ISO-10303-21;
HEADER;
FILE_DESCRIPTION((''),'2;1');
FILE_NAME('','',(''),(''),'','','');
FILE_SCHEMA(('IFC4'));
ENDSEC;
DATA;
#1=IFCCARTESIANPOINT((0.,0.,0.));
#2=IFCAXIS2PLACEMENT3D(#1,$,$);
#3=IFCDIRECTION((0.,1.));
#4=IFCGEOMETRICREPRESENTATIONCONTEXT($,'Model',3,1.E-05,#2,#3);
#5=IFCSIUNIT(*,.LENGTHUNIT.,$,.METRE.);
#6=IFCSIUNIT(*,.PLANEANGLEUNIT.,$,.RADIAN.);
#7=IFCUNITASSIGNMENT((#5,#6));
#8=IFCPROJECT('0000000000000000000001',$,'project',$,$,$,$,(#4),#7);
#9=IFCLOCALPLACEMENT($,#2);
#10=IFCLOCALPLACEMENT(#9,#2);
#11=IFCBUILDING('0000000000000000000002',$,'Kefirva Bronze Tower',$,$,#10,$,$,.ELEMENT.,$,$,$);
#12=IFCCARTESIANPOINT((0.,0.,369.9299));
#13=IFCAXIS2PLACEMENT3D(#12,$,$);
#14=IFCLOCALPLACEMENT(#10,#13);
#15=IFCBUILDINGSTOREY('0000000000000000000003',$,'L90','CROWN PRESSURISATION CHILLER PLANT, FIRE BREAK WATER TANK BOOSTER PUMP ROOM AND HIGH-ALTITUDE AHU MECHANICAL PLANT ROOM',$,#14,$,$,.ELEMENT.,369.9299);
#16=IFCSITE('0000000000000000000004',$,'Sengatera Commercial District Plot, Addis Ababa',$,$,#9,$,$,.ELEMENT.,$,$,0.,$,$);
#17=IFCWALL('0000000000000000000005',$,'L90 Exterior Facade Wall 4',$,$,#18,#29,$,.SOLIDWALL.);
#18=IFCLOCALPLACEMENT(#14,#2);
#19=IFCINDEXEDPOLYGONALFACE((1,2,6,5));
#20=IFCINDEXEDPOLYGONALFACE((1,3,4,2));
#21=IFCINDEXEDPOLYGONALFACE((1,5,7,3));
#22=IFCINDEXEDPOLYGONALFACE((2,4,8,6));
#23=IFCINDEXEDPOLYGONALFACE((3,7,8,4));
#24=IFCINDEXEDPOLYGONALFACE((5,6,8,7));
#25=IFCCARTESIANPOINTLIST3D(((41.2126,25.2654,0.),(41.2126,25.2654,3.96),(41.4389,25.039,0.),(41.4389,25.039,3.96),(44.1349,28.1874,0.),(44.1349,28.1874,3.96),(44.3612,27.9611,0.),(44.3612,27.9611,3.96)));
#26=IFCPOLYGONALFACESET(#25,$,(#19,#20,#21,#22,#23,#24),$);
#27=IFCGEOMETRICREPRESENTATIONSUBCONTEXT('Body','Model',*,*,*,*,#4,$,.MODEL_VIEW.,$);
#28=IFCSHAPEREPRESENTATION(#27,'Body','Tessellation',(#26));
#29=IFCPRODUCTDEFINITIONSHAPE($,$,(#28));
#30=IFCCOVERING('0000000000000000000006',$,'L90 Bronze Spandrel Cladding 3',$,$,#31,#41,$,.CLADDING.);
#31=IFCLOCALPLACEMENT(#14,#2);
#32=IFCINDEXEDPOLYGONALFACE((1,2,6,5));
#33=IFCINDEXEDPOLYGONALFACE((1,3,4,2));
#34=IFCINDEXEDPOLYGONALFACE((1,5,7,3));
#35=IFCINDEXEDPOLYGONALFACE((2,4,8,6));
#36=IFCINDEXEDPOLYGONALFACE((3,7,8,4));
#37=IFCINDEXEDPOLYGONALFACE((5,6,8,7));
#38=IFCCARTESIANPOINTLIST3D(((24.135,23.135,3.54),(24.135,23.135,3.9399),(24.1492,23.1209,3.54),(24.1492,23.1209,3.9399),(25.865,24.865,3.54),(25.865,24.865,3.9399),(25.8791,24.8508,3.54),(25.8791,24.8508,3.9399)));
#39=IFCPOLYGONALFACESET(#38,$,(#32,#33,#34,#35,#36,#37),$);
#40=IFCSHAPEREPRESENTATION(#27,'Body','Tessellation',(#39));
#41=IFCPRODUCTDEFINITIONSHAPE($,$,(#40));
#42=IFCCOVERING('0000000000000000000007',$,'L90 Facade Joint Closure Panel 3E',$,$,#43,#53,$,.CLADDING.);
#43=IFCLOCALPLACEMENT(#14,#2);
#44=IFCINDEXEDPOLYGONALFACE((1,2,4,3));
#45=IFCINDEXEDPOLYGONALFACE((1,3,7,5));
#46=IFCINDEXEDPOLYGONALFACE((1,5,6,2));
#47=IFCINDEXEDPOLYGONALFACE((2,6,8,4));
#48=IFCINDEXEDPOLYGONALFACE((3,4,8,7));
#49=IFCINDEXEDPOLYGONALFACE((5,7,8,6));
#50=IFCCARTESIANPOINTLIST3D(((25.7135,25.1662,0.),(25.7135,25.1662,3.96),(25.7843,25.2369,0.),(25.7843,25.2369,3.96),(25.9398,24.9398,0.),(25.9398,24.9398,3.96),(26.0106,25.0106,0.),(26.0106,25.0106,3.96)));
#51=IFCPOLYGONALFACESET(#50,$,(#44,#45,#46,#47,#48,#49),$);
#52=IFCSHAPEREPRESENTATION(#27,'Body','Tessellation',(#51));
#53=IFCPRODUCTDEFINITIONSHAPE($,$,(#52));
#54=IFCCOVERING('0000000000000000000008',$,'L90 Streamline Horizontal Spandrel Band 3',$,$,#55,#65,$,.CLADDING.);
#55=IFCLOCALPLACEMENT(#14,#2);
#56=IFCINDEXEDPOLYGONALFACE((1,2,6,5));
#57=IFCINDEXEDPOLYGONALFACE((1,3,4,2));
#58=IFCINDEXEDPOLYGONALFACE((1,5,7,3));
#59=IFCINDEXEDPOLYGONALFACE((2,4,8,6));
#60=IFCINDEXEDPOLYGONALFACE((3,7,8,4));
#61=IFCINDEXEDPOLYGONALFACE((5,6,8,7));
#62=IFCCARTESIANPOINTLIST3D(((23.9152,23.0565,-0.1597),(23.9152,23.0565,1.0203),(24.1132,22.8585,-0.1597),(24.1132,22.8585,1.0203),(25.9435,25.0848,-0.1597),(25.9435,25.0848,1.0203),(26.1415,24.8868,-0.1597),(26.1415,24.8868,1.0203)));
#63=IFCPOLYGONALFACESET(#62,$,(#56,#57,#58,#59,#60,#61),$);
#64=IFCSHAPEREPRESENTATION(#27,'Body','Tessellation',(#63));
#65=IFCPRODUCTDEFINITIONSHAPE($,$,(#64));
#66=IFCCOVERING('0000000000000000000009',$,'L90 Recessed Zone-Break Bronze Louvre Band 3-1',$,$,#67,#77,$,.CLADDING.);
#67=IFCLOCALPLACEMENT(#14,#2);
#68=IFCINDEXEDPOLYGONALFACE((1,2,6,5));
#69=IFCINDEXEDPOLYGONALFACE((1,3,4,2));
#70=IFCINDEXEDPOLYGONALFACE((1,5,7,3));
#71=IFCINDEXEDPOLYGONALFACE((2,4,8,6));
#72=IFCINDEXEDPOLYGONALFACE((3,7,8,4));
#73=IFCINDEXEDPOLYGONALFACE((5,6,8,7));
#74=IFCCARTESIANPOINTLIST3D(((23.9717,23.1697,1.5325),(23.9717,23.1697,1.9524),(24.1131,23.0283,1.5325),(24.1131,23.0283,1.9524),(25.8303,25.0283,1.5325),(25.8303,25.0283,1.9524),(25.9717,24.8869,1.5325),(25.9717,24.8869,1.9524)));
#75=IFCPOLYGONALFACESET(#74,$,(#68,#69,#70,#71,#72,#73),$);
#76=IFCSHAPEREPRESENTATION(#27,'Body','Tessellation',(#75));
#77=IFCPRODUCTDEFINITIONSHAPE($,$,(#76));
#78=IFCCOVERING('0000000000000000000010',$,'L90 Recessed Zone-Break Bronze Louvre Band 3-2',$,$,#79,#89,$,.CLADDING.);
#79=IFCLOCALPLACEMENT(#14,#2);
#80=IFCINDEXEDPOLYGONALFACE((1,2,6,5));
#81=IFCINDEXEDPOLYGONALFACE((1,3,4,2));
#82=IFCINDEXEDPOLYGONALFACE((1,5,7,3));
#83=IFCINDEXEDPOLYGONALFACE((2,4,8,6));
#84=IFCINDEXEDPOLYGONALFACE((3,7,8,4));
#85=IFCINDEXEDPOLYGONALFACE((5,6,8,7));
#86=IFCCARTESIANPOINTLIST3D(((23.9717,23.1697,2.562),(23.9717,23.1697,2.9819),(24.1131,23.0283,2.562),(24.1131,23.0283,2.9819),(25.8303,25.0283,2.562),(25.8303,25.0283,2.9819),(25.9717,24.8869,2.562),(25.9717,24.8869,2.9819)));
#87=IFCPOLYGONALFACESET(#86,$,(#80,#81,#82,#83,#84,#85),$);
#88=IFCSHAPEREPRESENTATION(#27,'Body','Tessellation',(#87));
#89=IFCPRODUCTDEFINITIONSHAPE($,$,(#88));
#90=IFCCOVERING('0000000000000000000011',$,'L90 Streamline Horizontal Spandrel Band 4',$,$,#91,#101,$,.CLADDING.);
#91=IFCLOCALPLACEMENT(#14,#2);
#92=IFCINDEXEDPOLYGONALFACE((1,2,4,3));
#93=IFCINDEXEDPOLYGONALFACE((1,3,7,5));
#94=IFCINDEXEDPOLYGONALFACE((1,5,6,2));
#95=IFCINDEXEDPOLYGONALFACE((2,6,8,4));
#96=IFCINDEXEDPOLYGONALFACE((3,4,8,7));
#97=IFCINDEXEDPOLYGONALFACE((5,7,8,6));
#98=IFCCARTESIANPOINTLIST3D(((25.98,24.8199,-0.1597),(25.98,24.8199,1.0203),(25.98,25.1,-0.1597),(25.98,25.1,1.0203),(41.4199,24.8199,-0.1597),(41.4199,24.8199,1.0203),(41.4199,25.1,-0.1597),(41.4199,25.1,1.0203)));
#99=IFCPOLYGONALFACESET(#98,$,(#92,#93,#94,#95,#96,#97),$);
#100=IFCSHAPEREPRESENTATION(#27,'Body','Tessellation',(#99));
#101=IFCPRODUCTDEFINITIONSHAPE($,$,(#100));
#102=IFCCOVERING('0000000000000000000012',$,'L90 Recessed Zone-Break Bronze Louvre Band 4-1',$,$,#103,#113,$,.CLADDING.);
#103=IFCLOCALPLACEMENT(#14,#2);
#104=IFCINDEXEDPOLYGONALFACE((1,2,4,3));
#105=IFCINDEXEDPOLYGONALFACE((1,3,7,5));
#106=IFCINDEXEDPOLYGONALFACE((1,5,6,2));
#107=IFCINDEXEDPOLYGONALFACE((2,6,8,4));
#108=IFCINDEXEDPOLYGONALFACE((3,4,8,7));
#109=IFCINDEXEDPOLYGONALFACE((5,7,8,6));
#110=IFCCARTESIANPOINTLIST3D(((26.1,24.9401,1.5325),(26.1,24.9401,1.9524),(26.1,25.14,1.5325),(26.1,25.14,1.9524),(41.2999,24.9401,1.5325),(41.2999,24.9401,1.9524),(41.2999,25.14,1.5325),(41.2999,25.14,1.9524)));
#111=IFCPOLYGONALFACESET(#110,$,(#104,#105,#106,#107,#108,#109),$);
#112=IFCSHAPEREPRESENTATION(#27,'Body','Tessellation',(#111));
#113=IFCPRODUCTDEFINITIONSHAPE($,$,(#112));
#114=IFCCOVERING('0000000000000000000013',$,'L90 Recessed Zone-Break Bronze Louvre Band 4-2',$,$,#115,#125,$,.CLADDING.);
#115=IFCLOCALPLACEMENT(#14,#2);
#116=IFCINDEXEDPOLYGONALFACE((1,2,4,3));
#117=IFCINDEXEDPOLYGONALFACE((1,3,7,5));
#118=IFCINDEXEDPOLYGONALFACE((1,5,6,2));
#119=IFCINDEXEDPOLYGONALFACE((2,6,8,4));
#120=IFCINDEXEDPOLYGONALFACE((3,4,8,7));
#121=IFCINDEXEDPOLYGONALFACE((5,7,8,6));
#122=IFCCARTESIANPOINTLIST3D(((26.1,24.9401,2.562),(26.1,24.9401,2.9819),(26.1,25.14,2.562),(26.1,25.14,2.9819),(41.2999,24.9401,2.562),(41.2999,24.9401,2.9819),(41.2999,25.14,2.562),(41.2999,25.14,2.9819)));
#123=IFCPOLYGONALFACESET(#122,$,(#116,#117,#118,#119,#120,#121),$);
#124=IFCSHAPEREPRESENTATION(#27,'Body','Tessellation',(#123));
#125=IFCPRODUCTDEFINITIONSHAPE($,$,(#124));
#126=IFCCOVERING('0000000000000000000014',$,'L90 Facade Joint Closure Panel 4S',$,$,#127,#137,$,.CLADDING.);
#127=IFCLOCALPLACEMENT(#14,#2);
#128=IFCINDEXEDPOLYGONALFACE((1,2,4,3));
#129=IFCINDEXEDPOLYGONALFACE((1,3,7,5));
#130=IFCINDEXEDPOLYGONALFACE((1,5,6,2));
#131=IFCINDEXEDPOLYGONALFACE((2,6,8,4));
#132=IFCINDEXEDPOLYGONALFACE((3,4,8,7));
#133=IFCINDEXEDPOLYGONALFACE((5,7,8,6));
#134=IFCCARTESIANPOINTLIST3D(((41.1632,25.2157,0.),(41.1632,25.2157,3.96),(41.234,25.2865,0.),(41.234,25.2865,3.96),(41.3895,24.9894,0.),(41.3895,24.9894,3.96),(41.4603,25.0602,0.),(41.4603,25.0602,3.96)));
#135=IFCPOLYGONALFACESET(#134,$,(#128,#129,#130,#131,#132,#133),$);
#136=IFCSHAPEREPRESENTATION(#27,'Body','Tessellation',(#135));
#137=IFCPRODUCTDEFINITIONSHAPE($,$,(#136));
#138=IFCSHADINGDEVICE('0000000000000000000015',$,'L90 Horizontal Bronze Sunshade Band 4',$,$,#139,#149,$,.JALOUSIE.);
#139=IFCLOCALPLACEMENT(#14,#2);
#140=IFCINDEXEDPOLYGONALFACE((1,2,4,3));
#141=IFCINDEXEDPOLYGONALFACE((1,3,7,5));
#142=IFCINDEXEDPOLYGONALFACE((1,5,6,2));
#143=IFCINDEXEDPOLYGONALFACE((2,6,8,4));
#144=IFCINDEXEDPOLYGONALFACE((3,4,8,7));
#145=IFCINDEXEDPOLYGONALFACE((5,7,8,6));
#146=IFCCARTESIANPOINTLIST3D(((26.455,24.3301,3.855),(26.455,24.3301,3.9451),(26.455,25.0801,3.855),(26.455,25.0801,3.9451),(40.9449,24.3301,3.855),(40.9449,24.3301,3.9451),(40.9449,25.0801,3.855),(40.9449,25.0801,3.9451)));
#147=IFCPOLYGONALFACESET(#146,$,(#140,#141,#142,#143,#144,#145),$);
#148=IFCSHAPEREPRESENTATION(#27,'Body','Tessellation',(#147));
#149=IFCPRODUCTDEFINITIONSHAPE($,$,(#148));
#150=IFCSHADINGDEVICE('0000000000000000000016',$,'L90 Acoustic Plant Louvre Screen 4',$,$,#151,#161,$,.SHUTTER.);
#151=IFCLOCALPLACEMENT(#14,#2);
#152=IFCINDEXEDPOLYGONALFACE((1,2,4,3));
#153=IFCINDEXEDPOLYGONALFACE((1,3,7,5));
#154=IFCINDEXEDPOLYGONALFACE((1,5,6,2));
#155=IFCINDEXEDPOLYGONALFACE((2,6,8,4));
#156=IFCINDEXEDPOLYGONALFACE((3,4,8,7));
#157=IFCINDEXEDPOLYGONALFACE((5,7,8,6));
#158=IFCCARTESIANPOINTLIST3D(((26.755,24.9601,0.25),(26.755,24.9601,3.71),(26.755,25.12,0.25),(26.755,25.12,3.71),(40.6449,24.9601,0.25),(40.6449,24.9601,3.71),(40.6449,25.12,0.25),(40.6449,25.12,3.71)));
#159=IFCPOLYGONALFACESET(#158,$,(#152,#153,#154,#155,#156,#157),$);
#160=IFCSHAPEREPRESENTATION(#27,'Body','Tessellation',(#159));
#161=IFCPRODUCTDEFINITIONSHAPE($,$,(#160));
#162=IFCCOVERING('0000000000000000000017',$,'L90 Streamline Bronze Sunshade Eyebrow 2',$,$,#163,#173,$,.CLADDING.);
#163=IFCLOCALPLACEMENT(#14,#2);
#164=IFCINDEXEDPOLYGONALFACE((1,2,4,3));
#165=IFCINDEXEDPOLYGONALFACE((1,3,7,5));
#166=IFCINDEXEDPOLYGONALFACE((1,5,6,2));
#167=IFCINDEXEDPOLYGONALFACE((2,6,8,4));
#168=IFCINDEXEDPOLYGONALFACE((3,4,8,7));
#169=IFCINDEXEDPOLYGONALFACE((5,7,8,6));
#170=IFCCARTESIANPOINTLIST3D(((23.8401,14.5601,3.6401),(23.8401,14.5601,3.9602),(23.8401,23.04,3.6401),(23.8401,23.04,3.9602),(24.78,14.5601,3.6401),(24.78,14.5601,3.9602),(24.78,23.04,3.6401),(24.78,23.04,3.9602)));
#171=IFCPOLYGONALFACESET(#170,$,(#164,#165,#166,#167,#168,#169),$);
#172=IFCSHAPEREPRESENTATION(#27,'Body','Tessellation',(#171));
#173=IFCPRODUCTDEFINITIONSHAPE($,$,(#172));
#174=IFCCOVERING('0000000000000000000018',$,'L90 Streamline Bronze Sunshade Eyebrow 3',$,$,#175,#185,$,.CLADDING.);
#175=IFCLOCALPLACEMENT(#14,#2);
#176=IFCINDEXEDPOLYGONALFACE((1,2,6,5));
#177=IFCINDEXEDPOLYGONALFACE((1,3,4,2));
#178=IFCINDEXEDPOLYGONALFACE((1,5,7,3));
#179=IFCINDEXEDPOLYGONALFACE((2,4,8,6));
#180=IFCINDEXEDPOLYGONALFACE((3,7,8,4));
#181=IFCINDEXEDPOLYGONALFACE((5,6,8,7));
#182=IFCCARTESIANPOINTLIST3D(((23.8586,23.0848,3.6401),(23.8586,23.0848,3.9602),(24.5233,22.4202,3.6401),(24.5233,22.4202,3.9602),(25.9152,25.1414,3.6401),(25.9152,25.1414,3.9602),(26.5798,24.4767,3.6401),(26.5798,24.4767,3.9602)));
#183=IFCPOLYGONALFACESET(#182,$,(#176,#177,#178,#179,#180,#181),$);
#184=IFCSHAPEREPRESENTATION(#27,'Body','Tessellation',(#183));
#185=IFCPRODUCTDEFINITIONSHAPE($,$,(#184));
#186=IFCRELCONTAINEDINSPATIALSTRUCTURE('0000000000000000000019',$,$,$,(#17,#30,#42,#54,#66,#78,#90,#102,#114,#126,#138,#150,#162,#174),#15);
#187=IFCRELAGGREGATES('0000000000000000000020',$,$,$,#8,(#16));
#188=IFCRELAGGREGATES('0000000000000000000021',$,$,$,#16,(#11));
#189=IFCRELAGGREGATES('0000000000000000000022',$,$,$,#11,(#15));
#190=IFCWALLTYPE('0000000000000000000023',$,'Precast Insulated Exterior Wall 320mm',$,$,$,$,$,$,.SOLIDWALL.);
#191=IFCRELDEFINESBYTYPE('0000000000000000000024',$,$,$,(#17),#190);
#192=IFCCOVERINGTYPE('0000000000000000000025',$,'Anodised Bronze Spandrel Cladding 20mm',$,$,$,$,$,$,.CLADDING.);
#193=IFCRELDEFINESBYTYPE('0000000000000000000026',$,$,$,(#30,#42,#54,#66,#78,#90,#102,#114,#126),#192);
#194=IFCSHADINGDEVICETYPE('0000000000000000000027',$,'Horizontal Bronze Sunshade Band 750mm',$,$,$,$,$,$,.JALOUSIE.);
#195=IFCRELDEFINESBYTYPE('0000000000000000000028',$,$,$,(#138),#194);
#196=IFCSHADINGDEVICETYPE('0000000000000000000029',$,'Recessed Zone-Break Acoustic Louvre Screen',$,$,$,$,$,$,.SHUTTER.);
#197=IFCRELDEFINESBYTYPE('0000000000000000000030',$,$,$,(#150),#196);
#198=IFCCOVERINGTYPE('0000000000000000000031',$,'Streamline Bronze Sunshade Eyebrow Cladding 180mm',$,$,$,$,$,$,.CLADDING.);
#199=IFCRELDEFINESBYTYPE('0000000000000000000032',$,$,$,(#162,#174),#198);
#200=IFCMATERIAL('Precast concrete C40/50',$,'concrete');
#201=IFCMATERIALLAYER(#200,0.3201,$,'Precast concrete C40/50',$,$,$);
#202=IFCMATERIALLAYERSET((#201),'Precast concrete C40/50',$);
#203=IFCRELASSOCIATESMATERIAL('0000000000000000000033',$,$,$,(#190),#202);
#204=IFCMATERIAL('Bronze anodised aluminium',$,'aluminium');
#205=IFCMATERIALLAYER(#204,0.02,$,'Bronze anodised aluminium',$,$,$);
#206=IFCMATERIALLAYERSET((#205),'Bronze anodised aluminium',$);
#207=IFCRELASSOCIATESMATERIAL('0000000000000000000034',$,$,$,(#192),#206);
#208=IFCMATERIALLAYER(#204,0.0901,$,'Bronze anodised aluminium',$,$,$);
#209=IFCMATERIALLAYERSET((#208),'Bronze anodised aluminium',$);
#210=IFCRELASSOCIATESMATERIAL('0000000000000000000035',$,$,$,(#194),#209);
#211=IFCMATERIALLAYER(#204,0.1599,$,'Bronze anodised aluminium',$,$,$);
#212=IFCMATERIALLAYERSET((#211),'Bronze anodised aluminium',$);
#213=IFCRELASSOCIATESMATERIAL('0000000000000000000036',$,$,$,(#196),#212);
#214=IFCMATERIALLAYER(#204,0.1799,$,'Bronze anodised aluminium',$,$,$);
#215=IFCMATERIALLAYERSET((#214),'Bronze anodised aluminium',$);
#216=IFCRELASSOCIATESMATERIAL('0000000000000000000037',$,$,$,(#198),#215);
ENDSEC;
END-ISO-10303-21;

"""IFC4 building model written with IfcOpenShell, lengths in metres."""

from ifc_helpers import new_model, si_unit, direction, frame, frame_2d, origin, origin_2d, place, context, subcontext, project, spatial, rectangle, extrude, material, layer, layer_set, type_object, element, save


model = new_model("IFC4")

# Units and contexts
model_context = context("Model", 3, precision=1e-05, world=origin(), true_north=direction((0.0, 1.0)))
body_context = subcontext(model_context, "Body", "Model", "MODEL_VIEW")
ifc_project = project(units=[si_unit("LENGTHUNIT", "METRE"), si_unit("PLANEANGLEUNIT", "RADIAN")], contexts=[model_context])

# Site, building, storey
site_placement = place(None, origin())
site = spatial("IfcSite", under=ifc_project, at=site_placement, Name="Sengatera Commercial District Plot, Addis Ababa", CompositionType="ELEMENT", RefElevation=0.0)
building_placement = place(site_placement, origin())
building = spatial("IfcBuilding", under=site, at=building_placement, Name="Kefirva Bronze Tower", CompositionType="ELEMENT")
storey_placement = place(building_placement, frame((0.0, 0.0, 369.9299)))
storey = spatial("IfcBuildingStorey", under=building, at=storey_placement, Name="L90", Description="CROWN PRESSURISATION CHILLER PLANT, FIRE BREAK WATER TANK BOOSTER PUMP ROOM AND HIGH-ALTITUDE AHU MECHANICAL PLANT ROOM", CompositionType="ELEMENT", Elevation=369.9299)

# Shared definitions
ifc_material_1 = material(Name="Bronze anodised aluminium", Category="aluminium")

# Wall
ifc_material_2 = material(Name="Precast concrete C40/50", Category="concrete")
ifc_layer_1 = layer(ifc_material_2, 0.3201, Name="Precast concrete C40/50")
ifc_layer_set_1 = layer_set([ifc_layer_1], Name="Precast concrete C40/50")
wall_type = type_object("IfcWallType", Name="Precast Insulated Exterior Wall 320mm", PredefinedType="SOLIDWALL", material=ifc_layer_set_1)
wall_placement = place(storey_placement, frame((41.3257, 25.1521, 0.0), z_axis=(0.0, 0.0, 1.0), x_axis=(0.707136, 0.707077, 0.0)))
element("IfcWall", 1, at=wall_placement, inside=storey, type_object=wall_type, Name="L90 Exterior Facade Wall 4", PredefinedType="SOLIDWALL", context=body_context, shape_type="SweptSolid", body=[
    extrude(rectangle(XDim=4.1326, YDim=0.3201, at=frame_2d((2.0664, 0.0))), origin(), (0.0, 0.0, 1.0), 3.96),
])

# Coverings
ifc_layer_2 = layer(ifc_material_1, 0.02, Name="Bronze anodised aluminium")
ifc_layer_set_2 = layer_set([ifc_layer_2], Name="Bronze anodised aluminium")
covering_type_1 = type_object("IfcCoveringType", Name="Anodised Bronze Spandrel Cladding 20mm", PredefinedType="CLADDING", material=ifc_layer_set_2)
covering_1_placement = place(storey_placement, frame((25.0071, 23.9929, 3.54), z_axis=(0.0, 0.0, 1.0), x_axis=(0.707107, 0.707107, 0.0)))
element("IfcCovering", 2, at=covering_1_placement, inside=storey, type_object=covering_type_1, Name="L90 Bronze Spandrel Cladding 3", PredefinedType="CLADDING", context=body_context, shape_type="SweptSolid", body=[
    extrude(rectangle(XDim=2.4465, YDim=0.02, at=origin_2d()), origin(), (0.0, 0.0, 1.0), 0.3999),
])
covering_2_placement = place(storey_placement, frame((25.8621, 25.0884, 0.0), z_axis=(0.0, 0.0, 1.0), x_axis=(0.707107, 0.707107, 0.0)))
element("IfcCovering", 3, at=covering_2_placement, inside=storey, type_object=covering_type_1, Name="L90 Facade Joint Closure Panel 3E", PredefinedType="CLADDING", context=body_context, shape_type="SweptSolid", body=[
    extrude(rectangle(XDim=0.1001, YDim=0.3201, at=origin_2d()), origin(), (0.0, 0.0, 1.0), 3.96),
])
covering_3_placement = place(storey_placement, frame((25.0283, 23.9717, -0.1597), z_axis=(0.0, 0.0, 1.0), x_axis=(0.707107, 0.707107, 0.0)))
element("IfcCovering", 4, at=covering_3_placement, inside=storey, type_object=covering_type_1, Name="L90 Streamline Horizontal Spandrel Band 3", PredefinedType="CLADDING", context=body_context, shape_type="SweptSolid", body=[
    extrude(rectangle(XDim=2.8684, YDim=0.28, at=origin_2d()), origin(), (0.0, 0.0, 1.0), 1.1799),
])
for number, where, z_axis, x_axis, name in (
    (5, (24.9717, 24.0283, 1.5325), (0.0, 0.0, 1.0), (0.707107, 0.707107, 0.0), "L90 Recessed Zone-Break Bronze Louvre Band 3-1"),
    (6, (24.9717, 24.0283, 2.562), (0.0, 0.0, 1.0), (0.707107, 0.707107, 0.0), "L90 Recessed Zone-Break Bronze Louvre Band 3-2"),
):
    element("IfcCovering", number, at=place(storey_placement, frame(where, z_axis=z_axis, x_axis=x_axis)), inside=storey, type_object=covering_type_1, Name=name, PredefinedType="CLADDING", context=body_context, shape_type="SweptSolid", body=[
        extrude(rectangle(XDim=2.6284, YDim=0.2, at=origin_2d()), origin(), (0.0, 0.0, 1.0), 0.4199),
    ])
covering_4_placement = place(storey_placement, frame((33.7, 24.96, -0.1597), z_axis=(0.0, 0.0, 1.0), x_axis=(1.0, 0.0, 0.0)))
element("IfcCovering", 7, at=covering_4_placement, inside=storey, type_object=covering_type_1, Name="L90 Streamline Horizontal Spandrel Band 4", PredefinedType="CLADDING", context=body_context, shape_type="SweptSolid", body=[
    extrude(rectangle(XDim=15.4399, YDim=0.28, at=origin_2d()), origin(), (0.0, 0.0, 1.0), 1.1799),
])
for number, where, z_axis, x_axis, name in (
    (8, (33.7, 25.04, 1.5325), (0.0, 0.0, 1.0), (1.0, 0.0, 0.0), "L90 Recessed Zone-Break Bronze Louvre Band 4-1"),
    (9, (33.7, 25.04, 2.562), (0.0, 0.0, 1.0), (1.0, 0.0, 0.0), "L90 Recessed Zone-Break Bronze Louvre Band 4-2"),
):
    element("IfcCovering", number, at=place(storey_placement, frame(where, z_axis=z_axis, x_axis=x_axis)), inside=storey, type_object=covering_type_1, Name=name, PredefinedType="CLADDING", context=body_context, shape_type="SweptSolid", body=[
        extrude(rectangle(XDim=15.2, YDim=0.2, at=origin_2d()), origin(), (0.0, 0.0, 1.0), 0.4199),
    ])
covering_5_placement = place(storey_placement, frame((41.3118, 25.1379, 0.0), z_axis=(0.0, 0.0, 1.0), x_axis=(0.707107, 0.707107, 0.0)))
element("IfcCovering", 10, at=covering_5_placement, inside=storey, type_object=covering_type_1, Name="L90 Facade Joint Closure Panel 4S", PredefinedType="CLADDING", context=body_context, shape_type="SweptSolid", body=[
    extrude(rectangle(XDim=0.1001, YDim=0.3201, at=origin_2d()), origin(), (0.0, 0.0, 1.0), 3.96),
])

# Shading devices
ifc_layer_3 = layer(ifc_material_1, 0.0901, Name="Bronze anodised aluminium")
ifc_layer_set_3 = layer_set([ifc_layer_3], Name="Bronze anodised aluminium")
shading_device_type_1 = type_object("IfcShadingDeviceType", Name="Horizontal Bronze Sunshade Band 750mm", PredefinedType="JALOUSIE", material=ifc_layer_set_3)
shading_device_1_placement = place(storey_placement, frame((33.7, 24.7051, 3.855), z_axis=(0.0, 0.0, 1.0), x_axis=(1.0, 0.0, 0.0)))
element("IfcShadingDevice", 11, at=shading_device_1_placement, inside=storey, type_object=shading_device_type_1, Name="L90 Horizontal Bronze Sunshade Band 4", PredefinedType="JALOUSIE", context=body_context, shape_type="SweptSolid", body=[
    extrude(rectangle(XDim=14.49, YDim=0.75, at=origin_2d()), origin(), (0.0, 0.0, 1.0), 0.0901),
])
ifc_layer_4 = layer(ifc_material_1, 0.1599, Name="Bronze anodised aluminium")
ifc_layer_set_4 = layer_set([ifc_layer_4], Name="Bronze anodised aluminium")
shading_device_type_2 = type_object("IfcShadingDeviceType", Name="Recessed Zone-Break Acoustic Louvre Screen", PredefinedType="SHUTTER", material=ifc_layer_set_4)
shading_device_2_placement = place(storey_placement, frame((33.7, 25.04, 0.25), z_axis=(0.0, 0.0, 1.0), x_axis=(1.0, 0.0, 0.0)))
element("IfcShadingDevice", 12, at=shading_device_2_placement, inside=storey, type_object=shading_device_type_2, Name="L90 Acoustic Plant Louvre Screen 4", PredefinedType="SHUTTER", context=body_context, shape_type="SweptSolid", body=[
    extrude(rectangle(XDim=13.8899, YDim=0.1599, at=origin_2d()), origin(), (0.0, 0.0, 1.0), 3.46),
])

# Coverings
ifc_layer_5 = layer(ifc_material_1, 0.1799, Name="Bronze anodised aluminium")
ifc_layer_set_5 = layer_set([ifc_layer_5], Name="Bronze anodised aluminium")
covering_type_2 = type_object("IfcCoveringType", Name="Streamline Bronze Sunshade Eyebrow Cladding 180mm", PredefinedType="CLADDING", material=ifc_layer_set_5)
covering_6_placement = place(storey_placement, frame((24.3101, 18.8, 3.6401), z_axis=(0.0, 0.0, 1.0), x_axis=(0.0, 1.0, 0.0)))
element("IfcCovering", 13, at=covering_6_placement, inside=storey, type_object=covering_type_2, Name="L90 Streamline Bronze Sunshade Eyebrow 2", PredefinedType="CLADDING", context=body_context, shape_type="SweptSolid", body=[
    extrude(rectangle(XDim=8.48, YDim=0.9399, at=origin_2d()), origin(), (0.0, 0.0, 1.0), 0.3201),
])
covering_7_placement = place(storey_placement, frame((25.2192, 23.7808, 3.6401), z_axis=(0.0, 0.0, 1.0), x_axis=(0.707107, 0.707107, 0.0)))
element("IfcCovering", 14, at=covering_7_placement, inside=storey, type_object=covering_type_2, Name="L90 Streamline Bronze Sunshade Eyebrow 3", PredefinedType="CLADDING", context=body_context, shape_type="SweptSolid", body=[
    extrude(rectangle(XDim=2.9084, YDim=0.9399, at=origin_2d()), origin(), (0.0, 0.0, 1.0), 0.3201),
])

save(model, "model.ifc")
